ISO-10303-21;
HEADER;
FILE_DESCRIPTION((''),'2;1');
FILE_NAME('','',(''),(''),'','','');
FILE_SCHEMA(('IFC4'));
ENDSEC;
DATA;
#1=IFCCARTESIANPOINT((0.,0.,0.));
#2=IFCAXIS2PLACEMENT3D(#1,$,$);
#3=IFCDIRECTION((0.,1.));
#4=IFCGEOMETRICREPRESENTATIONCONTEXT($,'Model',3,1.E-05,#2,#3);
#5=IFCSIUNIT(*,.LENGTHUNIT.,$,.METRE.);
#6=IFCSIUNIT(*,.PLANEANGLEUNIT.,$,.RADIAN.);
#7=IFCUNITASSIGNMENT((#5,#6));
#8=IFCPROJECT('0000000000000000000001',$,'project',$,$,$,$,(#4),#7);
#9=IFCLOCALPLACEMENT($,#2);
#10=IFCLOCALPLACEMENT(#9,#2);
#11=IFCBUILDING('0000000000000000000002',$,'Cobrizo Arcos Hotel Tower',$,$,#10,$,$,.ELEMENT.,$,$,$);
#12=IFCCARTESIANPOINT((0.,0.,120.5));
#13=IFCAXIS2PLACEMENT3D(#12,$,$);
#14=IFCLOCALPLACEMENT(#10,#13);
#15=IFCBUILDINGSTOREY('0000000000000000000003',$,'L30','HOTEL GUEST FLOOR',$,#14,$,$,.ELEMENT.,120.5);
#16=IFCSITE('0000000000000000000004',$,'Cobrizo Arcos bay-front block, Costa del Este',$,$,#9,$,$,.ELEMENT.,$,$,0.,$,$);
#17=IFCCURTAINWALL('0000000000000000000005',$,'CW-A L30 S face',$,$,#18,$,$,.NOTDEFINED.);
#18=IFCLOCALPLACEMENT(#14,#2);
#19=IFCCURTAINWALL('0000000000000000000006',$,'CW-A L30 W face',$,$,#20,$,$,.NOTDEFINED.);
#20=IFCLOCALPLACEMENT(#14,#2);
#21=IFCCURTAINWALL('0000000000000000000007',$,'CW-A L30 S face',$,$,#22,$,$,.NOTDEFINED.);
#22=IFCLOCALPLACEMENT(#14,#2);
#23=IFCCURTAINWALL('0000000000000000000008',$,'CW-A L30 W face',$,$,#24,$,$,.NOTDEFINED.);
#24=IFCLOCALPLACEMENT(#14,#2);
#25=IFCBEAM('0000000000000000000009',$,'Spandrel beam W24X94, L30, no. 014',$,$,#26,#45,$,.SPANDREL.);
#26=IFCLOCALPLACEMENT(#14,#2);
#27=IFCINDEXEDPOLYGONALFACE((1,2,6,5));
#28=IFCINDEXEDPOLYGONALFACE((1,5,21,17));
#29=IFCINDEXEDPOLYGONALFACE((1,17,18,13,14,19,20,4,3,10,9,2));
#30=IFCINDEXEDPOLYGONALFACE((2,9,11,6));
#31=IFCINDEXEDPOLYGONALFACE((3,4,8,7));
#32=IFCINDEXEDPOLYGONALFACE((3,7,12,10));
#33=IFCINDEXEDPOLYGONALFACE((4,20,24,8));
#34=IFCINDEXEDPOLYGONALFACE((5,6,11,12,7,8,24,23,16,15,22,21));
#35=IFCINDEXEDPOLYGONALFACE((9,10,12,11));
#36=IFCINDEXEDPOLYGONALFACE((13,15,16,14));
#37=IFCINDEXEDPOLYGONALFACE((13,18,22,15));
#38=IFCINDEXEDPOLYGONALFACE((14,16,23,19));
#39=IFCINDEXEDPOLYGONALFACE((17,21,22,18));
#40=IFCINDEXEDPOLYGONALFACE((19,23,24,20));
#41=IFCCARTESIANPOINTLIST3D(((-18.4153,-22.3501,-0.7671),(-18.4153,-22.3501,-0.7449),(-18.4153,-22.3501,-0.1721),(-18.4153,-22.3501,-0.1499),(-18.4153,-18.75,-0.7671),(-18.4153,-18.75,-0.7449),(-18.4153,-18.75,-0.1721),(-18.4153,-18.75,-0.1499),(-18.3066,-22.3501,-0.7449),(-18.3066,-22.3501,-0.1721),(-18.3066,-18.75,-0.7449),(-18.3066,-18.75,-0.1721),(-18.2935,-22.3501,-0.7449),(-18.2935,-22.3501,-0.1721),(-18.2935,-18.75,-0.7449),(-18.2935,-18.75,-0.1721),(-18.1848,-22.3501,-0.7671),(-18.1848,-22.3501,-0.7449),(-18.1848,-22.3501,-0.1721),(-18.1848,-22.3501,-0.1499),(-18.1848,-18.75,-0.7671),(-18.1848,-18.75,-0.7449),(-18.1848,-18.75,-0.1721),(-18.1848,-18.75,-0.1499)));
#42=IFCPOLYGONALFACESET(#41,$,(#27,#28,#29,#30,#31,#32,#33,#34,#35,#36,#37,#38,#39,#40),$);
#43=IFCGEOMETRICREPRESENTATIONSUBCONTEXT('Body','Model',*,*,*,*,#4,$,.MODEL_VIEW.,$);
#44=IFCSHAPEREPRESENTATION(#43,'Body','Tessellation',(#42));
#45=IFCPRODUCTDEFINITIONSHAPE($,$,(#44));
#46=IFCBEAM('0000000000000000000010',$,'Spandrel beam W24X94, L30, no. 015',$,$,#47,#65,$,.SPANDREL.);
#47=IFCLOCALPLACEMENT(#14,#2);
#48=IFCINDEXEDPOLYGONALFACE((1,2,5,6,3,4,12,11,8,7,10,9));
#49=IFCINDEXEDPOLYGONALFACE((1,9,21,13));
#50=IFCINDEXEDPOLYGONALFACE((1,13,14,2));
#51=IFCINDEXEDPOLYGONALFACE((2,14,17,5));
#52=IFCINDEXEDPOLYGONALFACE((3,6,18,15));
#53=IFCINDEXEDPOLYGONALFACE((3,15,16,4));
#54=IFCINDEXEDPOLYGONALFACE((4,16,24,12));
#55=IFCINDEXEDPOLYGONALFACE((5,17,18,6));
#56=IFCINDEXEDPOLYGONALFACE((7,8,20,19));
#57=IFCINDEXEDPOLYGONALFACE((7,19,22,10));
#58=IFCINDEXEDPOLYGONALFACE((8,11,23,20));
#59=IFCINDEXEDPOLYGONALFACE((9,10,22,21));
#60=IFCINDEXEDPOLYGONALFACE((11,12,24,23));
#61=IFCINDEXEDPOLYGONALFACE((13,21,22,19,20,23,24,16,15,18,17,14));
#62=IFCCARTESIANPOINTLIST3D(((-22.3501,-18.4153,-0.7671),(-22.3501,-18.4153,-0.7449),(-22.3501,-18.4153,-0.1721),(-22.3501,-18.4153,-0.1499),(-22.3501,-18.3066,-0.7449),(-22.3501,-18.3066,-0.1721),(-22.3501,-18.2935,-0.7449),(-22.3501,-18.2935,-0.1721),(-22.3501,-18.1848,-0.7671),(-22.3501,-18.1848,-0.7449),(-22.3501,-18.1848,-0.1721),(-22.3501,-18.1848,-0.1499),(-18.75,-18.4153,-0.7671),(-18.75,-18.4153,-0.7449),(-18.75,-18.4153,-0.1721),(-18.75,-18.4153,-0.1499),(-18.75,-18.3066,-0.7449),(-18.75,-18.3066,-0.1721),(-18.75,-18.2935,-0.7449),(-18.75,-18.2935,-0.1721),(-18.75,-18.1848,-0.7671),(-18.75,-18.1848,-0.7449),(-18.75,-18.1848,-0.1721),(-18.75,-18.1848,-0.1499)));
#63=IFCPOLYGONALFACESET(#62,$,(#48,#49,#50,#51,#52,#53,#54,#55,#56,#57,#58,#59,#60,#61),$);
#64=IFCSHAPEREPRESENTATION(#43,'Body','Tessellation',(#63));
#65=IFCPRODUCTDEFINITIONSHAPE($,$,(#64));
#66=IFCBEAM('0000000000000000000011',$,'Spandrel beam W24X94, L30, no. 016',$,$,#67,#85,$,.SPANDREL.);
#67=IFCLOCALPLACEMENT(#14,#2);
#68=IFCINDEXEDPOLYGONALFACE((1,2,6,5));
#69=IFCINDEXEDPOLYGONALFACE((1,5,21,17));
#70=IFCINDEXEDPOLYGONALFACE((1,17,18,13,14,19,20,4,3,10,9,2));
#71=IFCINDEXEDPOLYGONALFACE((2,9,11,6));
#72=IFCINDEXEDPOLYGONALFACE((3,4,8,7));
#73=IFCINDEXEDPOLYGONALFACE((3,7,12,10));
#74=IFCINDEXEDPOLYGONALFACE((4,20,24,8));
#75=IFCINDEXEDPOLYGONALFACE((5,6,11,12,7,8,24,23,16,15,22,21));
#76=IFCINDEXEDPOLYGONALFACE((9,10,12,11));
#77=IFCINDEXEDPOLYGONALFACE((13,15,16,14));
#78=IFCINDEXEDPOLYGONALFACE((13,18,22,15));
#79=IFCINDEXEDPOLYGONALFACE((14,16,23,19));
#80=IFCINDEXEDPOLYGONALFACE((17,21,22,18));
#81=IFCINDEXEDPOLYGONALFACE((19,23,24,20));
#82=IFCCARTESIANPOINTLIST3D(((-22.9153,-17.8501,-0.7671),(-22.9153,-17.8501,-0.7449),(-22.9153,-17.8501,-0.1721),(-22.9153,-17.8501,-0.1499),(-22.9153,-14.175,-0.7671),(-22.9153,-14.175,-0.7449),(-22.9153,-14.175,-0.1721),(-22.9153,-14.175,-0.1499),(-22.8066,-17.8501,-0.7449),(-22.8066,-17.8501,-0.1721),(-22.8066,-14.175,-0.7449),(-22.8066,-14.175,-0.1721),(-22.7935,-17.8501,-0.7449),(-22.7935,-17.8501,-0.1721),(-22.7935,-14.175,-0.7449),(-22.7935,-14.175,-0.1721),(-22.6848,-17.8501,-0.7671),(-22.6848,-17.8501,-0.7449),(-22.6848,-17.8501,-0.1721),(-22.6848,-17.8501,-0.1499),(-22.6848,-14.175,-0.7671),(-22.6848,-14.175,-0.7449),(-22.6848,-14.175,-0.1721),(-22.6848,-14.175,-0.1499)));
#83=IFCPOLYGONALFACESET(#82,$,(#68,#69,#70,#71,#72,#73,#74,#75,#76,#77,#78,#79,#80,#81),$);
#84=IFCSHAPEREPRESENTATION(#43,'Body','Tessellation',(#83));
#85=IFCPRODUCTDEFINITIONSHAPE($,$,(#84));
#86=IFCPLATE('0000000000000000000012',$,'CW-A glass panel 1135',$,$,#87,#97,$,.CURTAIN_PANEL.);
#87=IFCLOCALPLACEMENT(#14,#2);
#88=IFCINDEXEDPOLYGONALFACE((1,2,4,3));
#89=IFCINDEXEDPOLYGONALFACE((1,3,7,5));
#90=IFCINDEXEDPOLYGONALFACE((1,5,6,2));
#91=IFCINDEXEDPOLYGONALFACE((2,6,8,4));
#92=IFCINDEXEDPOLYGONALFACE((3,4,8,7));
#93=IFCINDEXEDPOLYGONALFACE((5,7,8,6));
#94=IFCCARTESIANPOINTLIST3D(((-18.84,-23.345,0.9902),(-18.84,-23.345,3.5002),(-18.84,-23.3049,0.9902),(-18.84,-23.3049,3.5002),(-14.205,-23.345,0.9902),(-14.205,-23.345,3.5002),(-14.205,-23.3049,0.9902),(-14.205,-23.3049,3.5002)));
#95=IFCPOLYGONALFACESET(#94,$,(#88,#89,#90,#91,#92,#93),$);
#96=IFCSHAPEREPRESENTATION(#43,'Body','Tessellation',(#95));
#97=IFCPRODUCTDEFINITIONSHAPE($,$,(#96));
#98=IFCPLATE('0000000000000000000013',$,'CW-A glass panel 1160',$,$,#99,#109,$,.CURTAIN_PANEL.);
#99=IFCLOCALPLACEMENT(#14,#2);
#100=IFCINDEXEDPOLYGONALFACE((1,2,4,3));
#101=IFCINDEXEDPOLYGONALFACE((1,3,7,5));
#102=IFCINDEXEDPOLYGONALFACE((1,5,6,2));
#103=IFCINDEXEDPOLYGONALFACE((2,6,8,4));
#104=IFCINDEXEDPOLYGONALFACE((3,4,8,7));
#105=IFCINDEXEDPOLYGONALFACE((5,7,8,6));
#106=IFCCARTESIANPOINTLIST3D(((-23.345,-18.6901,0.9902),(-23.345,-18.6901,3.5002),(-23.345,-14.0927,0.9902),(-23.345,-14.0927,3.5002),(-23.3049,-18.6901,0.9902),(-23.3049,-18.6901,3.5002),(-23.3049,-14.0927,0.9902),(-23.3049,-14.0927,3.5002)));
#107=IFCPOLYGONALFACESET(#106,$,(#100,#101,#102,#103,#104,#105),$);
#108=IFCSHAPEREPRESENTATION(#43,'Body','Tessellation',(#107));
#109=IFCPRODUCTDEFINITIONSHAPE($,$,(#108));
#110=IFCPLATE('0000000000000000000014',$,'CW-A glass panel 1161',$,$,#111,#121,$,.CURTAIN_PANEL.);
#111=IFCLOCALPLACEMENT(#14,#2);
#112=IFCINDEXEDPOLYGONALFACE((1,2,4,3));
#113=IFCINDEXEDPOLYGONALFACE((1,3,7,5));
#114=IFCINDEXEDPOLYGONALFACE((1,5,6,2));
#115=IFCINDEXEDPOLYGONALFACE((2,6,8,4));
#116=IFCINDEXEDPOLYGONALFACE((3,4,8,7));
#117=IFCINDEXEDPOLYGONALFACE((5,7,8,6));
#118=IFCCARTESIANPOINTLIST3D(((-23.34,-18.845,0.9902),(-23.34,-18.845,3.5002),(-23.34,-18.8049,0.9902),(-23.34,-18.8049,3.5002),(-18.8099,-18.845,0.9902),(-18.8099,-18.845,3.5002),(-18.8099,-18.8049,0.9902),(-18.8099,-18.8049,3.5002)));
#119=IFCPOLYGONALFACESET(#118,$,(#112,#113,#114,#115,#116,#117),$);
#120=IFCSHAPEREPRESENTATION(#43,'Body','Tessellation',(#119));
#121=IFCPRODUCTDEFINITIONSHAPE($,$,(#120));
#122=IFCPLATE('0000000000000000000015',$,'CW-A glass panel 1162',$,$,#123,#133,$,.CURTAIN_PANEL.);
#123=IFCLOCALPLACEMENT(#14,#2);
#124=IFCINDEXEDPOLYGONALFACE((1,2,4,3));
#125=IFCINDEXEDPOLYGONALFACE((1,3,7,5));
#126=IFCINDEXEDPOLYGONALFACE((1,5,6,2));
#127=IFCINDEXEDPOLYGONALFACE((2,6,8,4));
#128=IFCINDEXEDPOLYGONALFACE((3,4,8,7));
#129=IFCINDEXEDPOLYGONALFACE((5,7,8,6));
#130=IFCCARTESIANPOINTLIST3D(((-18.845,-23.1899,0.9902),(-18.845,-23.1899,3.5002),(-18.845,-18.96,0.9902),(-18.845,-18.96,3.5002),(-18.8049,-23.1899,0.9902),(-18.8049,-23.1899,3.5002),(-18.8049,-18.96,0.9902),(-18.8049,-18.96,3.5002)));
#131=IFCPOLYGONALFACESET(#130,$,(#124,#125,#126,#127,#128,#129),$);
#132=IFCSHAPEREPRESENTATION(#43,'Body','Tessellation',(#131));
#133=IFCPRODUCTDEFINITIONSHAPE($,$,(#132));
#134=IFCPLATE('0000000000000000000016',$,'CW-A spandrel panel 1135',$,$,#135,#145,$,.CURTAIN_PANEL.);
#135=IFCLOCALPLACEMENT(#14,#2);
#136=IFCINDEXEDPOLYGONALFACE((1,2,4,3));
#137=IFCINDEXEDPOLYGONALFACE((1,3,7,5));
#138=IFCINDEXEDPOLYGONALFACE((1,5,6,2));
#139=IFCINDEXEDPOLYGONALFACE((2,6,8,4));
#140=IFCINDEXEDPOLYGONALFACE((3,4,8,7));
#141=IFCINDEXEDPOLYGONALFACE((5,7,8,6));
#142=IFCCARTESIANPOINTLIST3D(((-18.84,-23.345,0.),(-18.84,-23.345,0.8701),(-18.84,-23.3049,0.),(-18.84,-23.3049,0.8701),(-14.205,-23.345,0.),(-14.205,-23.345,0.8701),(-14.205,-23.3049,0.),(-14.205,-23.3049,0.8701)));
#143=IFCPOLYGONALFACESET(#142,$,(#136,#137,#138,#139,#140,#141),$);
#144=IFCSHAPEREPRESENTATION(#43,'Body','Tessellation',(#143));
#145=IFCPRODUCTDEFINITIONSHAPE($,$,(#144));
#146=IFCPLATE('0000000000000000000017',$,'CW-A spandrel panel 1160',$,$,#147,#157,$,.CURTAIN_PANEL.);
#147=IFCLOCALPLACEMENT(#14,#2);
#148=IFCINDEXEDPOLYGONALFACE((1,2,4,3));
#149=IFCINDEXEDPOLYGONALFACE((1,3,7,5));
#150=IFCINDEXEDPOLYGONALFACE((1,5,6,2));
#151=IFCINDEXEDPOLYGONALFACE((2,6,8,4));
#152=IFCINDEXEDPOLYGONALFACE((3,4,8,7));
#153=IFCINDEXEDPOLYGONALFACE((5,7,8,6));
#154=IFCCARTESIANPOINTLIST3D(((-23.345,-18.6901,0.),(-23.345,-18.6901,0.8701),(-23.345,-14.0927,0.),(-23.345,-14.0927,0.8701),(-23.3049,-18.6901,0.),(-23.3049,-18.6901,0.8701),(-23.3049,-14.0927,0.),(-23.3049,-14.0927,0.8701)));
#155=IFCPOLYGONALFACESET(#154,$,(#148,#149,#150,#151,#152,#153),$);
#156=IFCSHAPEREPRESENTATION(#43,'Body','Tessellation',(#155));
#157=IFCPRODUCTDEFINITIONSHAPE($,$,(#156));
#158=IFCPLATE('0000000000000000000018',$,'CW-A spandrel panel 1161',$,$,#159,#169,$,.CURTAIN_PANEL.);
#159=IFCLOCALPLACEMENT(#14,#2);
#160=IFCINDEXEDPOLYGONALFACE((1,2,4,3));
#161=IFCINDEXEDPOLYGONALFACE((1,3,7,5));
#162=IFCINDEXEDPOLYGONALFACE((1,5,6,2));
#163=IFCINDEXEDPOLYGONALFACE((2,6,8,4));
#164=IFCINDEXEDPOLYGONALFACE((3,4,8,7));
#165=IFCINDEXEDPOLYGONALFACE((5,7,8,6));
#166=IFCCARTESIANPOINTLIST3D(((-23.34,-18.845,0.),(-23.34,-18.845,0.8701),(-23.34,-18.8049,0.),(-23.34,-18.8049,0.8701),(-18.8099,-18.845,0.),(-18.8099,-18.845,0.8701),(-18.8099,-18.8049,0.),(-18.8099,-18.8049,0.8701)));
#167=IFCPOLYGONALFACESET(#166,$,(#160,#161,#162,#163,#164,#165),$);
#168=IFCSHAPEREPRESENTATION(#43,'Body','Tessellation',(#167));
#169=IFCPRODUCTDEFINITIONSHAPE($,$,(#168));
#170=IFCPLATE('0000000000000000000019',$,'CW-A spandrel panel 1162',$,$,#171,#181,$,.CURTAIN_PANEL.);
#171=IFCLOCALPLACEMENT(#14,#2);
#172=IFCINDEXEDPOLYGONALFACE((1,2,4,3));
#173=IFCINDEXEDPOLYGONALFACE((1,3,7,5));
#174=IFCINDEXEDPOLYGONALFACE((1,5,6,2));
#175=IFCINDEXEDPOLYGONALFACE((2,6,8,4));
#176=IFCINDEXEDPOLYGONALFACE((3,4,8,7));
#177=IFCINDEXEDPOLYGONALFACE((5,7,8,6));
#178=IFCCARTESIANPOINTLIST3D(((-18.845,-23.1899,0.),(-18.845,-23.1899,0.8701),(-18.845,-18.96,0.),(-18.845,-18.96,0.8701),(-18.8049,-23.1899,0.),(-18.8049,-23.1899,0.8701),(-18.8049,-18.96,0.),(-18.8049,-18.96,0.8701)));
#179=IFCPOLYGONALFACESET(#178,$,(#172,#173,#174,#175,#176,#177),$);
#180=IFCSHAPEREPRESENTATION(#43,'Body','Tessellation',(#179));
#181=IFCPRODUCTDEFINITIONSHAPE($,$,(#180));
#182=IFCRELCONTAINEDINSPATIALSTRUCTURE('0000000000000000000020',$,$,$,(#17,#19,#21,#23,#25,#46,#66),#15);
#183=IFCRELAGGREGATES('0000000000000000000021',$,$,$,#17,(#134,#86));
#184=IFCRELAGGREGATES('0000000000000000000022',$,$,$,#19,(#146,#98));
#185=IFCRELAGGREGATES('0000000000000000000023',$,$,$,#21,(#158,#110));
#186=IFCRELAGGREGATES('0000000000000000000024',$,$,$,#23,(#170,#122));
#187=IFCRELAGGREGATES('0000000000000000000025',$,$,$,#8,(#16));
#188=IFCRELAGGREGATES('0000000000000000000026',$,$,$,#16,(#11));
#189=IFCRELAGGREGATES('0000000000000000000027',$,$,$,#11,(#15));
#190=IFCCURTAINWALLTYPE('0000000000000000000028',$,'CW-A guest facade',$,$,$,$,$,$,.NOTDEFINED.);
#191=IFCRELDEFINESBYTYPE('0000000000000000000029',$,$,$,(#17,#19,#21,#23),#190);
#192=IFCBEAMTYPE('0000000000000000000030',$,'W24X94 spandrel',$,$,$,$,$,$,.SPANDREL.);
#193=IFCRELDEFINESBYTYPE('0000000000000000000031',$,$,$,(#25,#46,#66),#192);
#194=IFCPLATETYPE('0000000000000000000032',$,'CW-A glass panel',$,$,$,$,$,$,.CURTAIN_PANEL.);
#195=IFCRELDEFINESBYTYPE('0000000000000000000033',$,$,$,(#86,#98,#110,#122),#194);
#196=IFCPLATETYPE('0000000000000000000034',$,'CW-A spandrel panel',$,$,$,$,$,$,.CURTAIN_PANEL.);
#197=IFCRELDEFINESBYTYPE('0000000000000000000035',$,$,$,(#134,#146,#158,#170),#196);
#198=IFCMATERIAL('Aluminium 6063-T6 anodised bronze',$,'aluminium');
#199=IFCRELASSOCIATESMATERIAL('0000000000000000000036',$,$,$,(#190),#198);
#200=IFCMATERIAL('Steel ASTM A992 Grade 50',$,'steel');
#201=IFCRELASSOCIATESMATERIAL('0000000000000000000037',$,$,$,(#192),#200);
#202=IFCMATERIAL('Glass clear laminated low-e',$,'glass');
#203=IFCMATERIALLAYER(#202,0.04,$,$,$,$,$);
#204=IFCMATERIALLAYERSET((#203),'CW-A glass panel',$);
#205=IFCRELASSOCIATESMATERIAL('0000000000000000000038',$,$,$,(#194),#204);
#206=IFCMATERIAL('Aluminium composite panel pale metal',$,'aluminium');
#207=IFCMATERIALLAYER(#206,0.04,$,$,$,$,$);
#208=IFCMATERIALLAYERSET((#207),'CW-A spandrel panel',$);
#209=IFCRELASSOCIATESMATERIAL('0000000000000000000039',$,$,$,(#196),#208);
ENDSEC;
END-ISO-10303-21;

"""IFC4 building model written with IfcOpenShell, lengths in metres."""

from ifc_helpers import new_model, si_unit, direction, frame, origin, origin_2d, place, context, subcontext, project, spatial, rectangle, i_section, extrude, material, layer, layer_set, material_profile, profile_set, type_object, element, aggregate, save


model = new_model("IFC4")

# Units and contexts
model_context = context("Model", 3, precision=1e-05, world=origin(), true_north=direction((0.0, 1.0)))
body_context = subcontext(model_context, "Body", "Model", "MODEL_VIEW")
ifc_project = project(units=[si_unit("LENGTHUNIT", "METRE"), si_unit("PLANEANGLEUNIT", "RADIAN")], contexts=[model_context])

# Site, building, storey
site_placement = place(None, origin())
site = spatial("IfcSite", under=ifc_project, at=site_placement, Name="Cobrizo Arcos bay-front block, Costa del Este", CompositionType="ELEMENT", RefElevation=0.0)
building_placement = place(site_placement, origin())
building = spatial("IfcBuilding", under=site, at=building_placement, Name="Cobrizo Arcos Hotel Tower", CompositionType="ELEMENT")
storey_placement = place(building_placement, frame((0.0, 0.0, 120.5)))
storey = spatial("IfcBuildingStorey", under=building, at=storey_placement, Name="L30", Description="HOTEL GUEST FLOOR", CompositionType="ELEMENT", Elevation=120.5)

# Curtain walls
ifc_material_1 = material(Name="Aluminium 6063-T6 anodised bronze", Category="aluminium")
curtain_wall_type = type_object("IfcCurtainWallType", Name="CW-A guest facade", PredefinedType="NOTDEFINED", material=ifc_material_1)
curtain_wall_1_placement = place(storey_placement, origin())
curtain_wall_1 = element("IfcCurtainWall", 1, at=curtain_wall_1_placement, inside=storey, type_object=curtain_wall_type, Name="CW-A L30 S face", PredefinedType="NOTDEFINED")
curtain_wall_2_placement = place(storey_placement, origin())
curtain_wall_2 = element("IfcCurtainWall", 2, at=curtain_wall_2_placement, inside=storey, type_object=curtain_wall_type, Name="CW-A L30 W face", PredefinedType="NOTDEFINED")

# Curtain walls
curtain_wall_3_placement = place(storey_placement, origin())
curtain_wall_3 = element("IfcCurtainWall", 3, at=curtain_wall_3_placement, inside=storey, type_object=curtain_wall_type, Name="CW-A L30 S face", PredefinedType="NOTDEFINED")
curtain_wall_4_placement = place(storey_placement, origin())
curtain_wall_4 = element("IfcCurtainWall", 4, at=curtain_wall_4_placement, inside=storey, type_object=curtain_wall_type, Name="CW-A L30 W face", PredefinedType="NOTDEFINED")

# Beams
ifc_material_2 = material(Name="Steel ASTM A992 Grade 50", Category="steel")
ifc_material_profile_1 = material_profile(ifc_material_2, i_section(OverallWidth=0.2305, OverallDepth=0.6172, WebThickness=0.0132, FlangeThickness=0.0222, at=origin_2d()), Name="W24X94")
ifc_profile_set_1 = profile_set([ifc_material_profile_1], Name="Steel ASTM A992 Grade 50")
beam_type_1 = type_object("IfcBeamType", Name="W24X94 spandrel", PredefinedType="SPANDREL", material=ifc_profile_set_1)
for number, where, z_axis, x_axis, name in (
    (5, (-18.3, -22.3501, -0.4585), (0.0, 1.0, 0.0), (-1.0, 0.0, 0.0), "Spandrel beam W24X94, L30, no. 014"),
    (6, (-18.75, -18.3, -0.4585), (-1.0, 0.0, 0.0), (0.0, -1.0, 0.0), "Spandrel beam W24X94, L30, no. 015"),
):
    element("IfcBeam", number, at=place(storey_placement, frame(where, z_axis=z_axis, x_axis=x_axis)), inside=storey, type_object=beam_type_1, Name=name, PredefinedType="SPANDREL", context=body_context, shape_type="SweptSolid", body=[
        extrude(i_section(OverallWidth=0.2305, OverallDepth=0.6172, WebThickness=0.0132, FlangeThickness=0.0222, at=origin_2d()), origin(), (0.0, 0.0, 1.0), 3.6001),
    ])
beam_1_placement = place(storey_placement, frame((-22.8, -17.8501, -0.4585), z_axis=(0.0, 1.0, 0.0), x_axis=(-1.0, 0.0, 0.0)))
element("IfcBeam", 7, at=beam_1_placement, inside=storey, type_object=beam_type_1, Name="Spandrel beam W24X94, L30, no. 016", PredefinedType="SPANDREL", context=body_context, shape_type="SweptSolid", body=[
    extrude(i_section(OverallWidth=0.2305, OverallDepth=0.6172, WebThickness=0.0132, FlangeThickness=0.0222, at=origin_2d()), origin(), (0.0, 0.0, 1.0), 3.675),
])

# Plates
ifc_material_3 = material(Name="Glass clear laminated low-e", Category="glass")
ifc_layer_1 = layer(ifc_material_3, 0.04)
ifc_layer_set_1 = layer_set([ifc_layer_1], Name="CW-A glass panel")
plate_type_1 = type_object("IfcPlateType", Name="CW-A glass panel", PredefinedType="CURTAIN_PANEL", material=ifc_layer_set_1)
plate_1_placement = place(storey_placement, frame((-16.5225, -23.325, 0.9902), z_axis=(0.0, 0.0, 1.0), x_axis=(1.0, 0.0, 0.0)))
plate_1 = element("IfcPlate", 8, at=plate_1_placement, type_object=plate_type_1, Name="CW-A glass panel 1135", PredefinedType="CURTAIN_PANEL", context=body_context, shape_type="SweptSolid", body=[
    extrude(rectangle(XDim=4.635, YDim=0.04, at=origin_2d()), origin(), (0.0, 0.0, 1.0), 2.51),
])
plate_2_placement = place(storey_placement, frame((-23.325, -16.3914, 0.9902), z_axis=(0.0, 0.0, 1.0), x_axis=(0.0, -1.0, 0.0)))
plate_2 = element("IfcPlate", 9, at=plate_2_placement, type_object=plate_type_1, Name="CW-A glass panel 1160", PredefinedType="CURTAIN_PANEL", context=body_context, shape_type="SweptSolid", body=[
    extrude(rectangle(XDim=4.5974, YDim=0.04, at=origin_2d()), origin(), (0.0, 0.0, 1.0), 2.51),
])
plate_3_placement = place(storey_placement, frame((-21.075, -18.825, 0.9902), z_axis=(0.0, 0.0, 1.0), x_axis=(1.0, 0.0, 0.0)))
plate_3 = element("IfcPlate", 10, at=plate_3_placement, type_object=plate_type_1, Name="CW-A glass panel 1161", PredefinedType="CURTAIN_PANEL", context=body_context, shape_type="SweptSolid", body=[
    extrude(rectangle(XDim=4.53, YDim=0.04, at=origin_2d()), origin(), (0.0, 0.0, 1.0), 2.51),
])
plate_4_placement = place(storey_placement, frame((-18.825, -21.075, 0.9902), z_axis=(0.0, 0.0, 1.0), x_axis=(0.0, -1.0, 0.0)))
plate_4 = element("IfcPlate", 11, at=plate_4_placement, type_object=plate_type_1, Name="CW-A glass panel 1162", PredefinedType="CURTAIN_PANEL", context=body_context, shape_type="SweptSolid", body=[
    extrude(rectangle(XDim=4.23, YDim=0.04, at=origin_2d()), origin(), (0.0, 0.0, 1.0), 2.51),
])
ifc_material_4 = material(Name="Aluminium composite panel pale metal", Category="aluminium")
ifc_layer_2 = layer(ifc_material_4, 0.04)
ifc_layer_set_2 = layer_set([ifc_layer_2], Name="CW-A spandrel panel")
plate_type_2 = type_object("IfcPlateType", Name="CW-A spandrel panel", PredefinedType="CURTAIN_PANEL", material=ifc_layer_set_2)
plate_5_placement = place(storey_placement, frame((-16.5225, -23.325, 0.0), z_axis=(0.0, 0.0, 1.0), x_axis=(1.0, 0.0, 0.0)))
plate_5 = element("IfcPlate", 12, at=plate_5_placement, type_object=plate_type_2, Name="CW-A spandrel panel 1135", PredefinedType="CURTAIN_PANEL", context=body_context, shape_type="SweptSolid", body=[
    extrude(rectangle(XDim=4.635, YDim=0.04, at=origin_2d()), origin(), (0.0, 0.0, 1.0), 0.8701),
])
aggregate(curtain_wall_1, [plate_5, plate_1])
plate_6_placement = place(storey_placement, frame((-23.325, -16.3914, 0.0), z_axis=(0.0, 0.0, 1.0), x_axis=(0.0, -1.0, 0.0)))
plate_6 = element("IfcPlate", 13, at=plate_6_placement, type_object=plate_type_2, Name="CW-A spandrel panel 1160", PredefinedType="CURTAIN_PANEL", context=body_context, shape_type="SweptSolid", body=[
    extrude(rectangle(XDim=4.5974, YDim=0.04, at=origin_2d()), origin(), (0.0, 0.0, 1.0), 0.8701),
])
aggregate(curtain_wall_2, [plate_6, plate_2])
plate_7_placement = place(storey_placement, frame((-21.075, -18.825, 0.0), z_axis=(0.0, 0.0, 1.0), x_axis=(1.0, 0.0, 0.0)))
plate_7 = element("IfcPlate", 14, at=plate_7_placement, type_object=plate_type_2, Name="CW-A spandrel panel 1161", PredefinedType="CURTAIN_PANEL", context=body_context, shape_type="SweptSolid", body=[
    extrude(rectangle(XDim=4.53, YDim=0.04, at=origin_2d()), origin(), (0.0, 0.0, 1.0), 0.8701),
])
aggregate(curtain_wall_3, [plate_7, plate_3])
plate_8_placement = place(storey_placement, frame((-18.825, -21.075, 0.0), z_axis=(0.0, 0.0, 1.0), x_axis=(0.0, -1.0, 0.0)))
plate_8 = element("IfcPlate", 15, at=plate_8_placement, type_object=plate_type_2, Name="CW-A spandrel panel 1162", PredefinedType="CURTAIN_PANEL", context=body_context, shape_type="SweptSolid", body=[
    extrude(rectangle(XDim=4.23, YDim=0.04, at=origin_2d()), origin(), (0.0, 0.0, 1.0), 0.8701),
])
aggregate(curtain_wall_4, [plate_8, plate_4])

save(model, "model.ifc")
